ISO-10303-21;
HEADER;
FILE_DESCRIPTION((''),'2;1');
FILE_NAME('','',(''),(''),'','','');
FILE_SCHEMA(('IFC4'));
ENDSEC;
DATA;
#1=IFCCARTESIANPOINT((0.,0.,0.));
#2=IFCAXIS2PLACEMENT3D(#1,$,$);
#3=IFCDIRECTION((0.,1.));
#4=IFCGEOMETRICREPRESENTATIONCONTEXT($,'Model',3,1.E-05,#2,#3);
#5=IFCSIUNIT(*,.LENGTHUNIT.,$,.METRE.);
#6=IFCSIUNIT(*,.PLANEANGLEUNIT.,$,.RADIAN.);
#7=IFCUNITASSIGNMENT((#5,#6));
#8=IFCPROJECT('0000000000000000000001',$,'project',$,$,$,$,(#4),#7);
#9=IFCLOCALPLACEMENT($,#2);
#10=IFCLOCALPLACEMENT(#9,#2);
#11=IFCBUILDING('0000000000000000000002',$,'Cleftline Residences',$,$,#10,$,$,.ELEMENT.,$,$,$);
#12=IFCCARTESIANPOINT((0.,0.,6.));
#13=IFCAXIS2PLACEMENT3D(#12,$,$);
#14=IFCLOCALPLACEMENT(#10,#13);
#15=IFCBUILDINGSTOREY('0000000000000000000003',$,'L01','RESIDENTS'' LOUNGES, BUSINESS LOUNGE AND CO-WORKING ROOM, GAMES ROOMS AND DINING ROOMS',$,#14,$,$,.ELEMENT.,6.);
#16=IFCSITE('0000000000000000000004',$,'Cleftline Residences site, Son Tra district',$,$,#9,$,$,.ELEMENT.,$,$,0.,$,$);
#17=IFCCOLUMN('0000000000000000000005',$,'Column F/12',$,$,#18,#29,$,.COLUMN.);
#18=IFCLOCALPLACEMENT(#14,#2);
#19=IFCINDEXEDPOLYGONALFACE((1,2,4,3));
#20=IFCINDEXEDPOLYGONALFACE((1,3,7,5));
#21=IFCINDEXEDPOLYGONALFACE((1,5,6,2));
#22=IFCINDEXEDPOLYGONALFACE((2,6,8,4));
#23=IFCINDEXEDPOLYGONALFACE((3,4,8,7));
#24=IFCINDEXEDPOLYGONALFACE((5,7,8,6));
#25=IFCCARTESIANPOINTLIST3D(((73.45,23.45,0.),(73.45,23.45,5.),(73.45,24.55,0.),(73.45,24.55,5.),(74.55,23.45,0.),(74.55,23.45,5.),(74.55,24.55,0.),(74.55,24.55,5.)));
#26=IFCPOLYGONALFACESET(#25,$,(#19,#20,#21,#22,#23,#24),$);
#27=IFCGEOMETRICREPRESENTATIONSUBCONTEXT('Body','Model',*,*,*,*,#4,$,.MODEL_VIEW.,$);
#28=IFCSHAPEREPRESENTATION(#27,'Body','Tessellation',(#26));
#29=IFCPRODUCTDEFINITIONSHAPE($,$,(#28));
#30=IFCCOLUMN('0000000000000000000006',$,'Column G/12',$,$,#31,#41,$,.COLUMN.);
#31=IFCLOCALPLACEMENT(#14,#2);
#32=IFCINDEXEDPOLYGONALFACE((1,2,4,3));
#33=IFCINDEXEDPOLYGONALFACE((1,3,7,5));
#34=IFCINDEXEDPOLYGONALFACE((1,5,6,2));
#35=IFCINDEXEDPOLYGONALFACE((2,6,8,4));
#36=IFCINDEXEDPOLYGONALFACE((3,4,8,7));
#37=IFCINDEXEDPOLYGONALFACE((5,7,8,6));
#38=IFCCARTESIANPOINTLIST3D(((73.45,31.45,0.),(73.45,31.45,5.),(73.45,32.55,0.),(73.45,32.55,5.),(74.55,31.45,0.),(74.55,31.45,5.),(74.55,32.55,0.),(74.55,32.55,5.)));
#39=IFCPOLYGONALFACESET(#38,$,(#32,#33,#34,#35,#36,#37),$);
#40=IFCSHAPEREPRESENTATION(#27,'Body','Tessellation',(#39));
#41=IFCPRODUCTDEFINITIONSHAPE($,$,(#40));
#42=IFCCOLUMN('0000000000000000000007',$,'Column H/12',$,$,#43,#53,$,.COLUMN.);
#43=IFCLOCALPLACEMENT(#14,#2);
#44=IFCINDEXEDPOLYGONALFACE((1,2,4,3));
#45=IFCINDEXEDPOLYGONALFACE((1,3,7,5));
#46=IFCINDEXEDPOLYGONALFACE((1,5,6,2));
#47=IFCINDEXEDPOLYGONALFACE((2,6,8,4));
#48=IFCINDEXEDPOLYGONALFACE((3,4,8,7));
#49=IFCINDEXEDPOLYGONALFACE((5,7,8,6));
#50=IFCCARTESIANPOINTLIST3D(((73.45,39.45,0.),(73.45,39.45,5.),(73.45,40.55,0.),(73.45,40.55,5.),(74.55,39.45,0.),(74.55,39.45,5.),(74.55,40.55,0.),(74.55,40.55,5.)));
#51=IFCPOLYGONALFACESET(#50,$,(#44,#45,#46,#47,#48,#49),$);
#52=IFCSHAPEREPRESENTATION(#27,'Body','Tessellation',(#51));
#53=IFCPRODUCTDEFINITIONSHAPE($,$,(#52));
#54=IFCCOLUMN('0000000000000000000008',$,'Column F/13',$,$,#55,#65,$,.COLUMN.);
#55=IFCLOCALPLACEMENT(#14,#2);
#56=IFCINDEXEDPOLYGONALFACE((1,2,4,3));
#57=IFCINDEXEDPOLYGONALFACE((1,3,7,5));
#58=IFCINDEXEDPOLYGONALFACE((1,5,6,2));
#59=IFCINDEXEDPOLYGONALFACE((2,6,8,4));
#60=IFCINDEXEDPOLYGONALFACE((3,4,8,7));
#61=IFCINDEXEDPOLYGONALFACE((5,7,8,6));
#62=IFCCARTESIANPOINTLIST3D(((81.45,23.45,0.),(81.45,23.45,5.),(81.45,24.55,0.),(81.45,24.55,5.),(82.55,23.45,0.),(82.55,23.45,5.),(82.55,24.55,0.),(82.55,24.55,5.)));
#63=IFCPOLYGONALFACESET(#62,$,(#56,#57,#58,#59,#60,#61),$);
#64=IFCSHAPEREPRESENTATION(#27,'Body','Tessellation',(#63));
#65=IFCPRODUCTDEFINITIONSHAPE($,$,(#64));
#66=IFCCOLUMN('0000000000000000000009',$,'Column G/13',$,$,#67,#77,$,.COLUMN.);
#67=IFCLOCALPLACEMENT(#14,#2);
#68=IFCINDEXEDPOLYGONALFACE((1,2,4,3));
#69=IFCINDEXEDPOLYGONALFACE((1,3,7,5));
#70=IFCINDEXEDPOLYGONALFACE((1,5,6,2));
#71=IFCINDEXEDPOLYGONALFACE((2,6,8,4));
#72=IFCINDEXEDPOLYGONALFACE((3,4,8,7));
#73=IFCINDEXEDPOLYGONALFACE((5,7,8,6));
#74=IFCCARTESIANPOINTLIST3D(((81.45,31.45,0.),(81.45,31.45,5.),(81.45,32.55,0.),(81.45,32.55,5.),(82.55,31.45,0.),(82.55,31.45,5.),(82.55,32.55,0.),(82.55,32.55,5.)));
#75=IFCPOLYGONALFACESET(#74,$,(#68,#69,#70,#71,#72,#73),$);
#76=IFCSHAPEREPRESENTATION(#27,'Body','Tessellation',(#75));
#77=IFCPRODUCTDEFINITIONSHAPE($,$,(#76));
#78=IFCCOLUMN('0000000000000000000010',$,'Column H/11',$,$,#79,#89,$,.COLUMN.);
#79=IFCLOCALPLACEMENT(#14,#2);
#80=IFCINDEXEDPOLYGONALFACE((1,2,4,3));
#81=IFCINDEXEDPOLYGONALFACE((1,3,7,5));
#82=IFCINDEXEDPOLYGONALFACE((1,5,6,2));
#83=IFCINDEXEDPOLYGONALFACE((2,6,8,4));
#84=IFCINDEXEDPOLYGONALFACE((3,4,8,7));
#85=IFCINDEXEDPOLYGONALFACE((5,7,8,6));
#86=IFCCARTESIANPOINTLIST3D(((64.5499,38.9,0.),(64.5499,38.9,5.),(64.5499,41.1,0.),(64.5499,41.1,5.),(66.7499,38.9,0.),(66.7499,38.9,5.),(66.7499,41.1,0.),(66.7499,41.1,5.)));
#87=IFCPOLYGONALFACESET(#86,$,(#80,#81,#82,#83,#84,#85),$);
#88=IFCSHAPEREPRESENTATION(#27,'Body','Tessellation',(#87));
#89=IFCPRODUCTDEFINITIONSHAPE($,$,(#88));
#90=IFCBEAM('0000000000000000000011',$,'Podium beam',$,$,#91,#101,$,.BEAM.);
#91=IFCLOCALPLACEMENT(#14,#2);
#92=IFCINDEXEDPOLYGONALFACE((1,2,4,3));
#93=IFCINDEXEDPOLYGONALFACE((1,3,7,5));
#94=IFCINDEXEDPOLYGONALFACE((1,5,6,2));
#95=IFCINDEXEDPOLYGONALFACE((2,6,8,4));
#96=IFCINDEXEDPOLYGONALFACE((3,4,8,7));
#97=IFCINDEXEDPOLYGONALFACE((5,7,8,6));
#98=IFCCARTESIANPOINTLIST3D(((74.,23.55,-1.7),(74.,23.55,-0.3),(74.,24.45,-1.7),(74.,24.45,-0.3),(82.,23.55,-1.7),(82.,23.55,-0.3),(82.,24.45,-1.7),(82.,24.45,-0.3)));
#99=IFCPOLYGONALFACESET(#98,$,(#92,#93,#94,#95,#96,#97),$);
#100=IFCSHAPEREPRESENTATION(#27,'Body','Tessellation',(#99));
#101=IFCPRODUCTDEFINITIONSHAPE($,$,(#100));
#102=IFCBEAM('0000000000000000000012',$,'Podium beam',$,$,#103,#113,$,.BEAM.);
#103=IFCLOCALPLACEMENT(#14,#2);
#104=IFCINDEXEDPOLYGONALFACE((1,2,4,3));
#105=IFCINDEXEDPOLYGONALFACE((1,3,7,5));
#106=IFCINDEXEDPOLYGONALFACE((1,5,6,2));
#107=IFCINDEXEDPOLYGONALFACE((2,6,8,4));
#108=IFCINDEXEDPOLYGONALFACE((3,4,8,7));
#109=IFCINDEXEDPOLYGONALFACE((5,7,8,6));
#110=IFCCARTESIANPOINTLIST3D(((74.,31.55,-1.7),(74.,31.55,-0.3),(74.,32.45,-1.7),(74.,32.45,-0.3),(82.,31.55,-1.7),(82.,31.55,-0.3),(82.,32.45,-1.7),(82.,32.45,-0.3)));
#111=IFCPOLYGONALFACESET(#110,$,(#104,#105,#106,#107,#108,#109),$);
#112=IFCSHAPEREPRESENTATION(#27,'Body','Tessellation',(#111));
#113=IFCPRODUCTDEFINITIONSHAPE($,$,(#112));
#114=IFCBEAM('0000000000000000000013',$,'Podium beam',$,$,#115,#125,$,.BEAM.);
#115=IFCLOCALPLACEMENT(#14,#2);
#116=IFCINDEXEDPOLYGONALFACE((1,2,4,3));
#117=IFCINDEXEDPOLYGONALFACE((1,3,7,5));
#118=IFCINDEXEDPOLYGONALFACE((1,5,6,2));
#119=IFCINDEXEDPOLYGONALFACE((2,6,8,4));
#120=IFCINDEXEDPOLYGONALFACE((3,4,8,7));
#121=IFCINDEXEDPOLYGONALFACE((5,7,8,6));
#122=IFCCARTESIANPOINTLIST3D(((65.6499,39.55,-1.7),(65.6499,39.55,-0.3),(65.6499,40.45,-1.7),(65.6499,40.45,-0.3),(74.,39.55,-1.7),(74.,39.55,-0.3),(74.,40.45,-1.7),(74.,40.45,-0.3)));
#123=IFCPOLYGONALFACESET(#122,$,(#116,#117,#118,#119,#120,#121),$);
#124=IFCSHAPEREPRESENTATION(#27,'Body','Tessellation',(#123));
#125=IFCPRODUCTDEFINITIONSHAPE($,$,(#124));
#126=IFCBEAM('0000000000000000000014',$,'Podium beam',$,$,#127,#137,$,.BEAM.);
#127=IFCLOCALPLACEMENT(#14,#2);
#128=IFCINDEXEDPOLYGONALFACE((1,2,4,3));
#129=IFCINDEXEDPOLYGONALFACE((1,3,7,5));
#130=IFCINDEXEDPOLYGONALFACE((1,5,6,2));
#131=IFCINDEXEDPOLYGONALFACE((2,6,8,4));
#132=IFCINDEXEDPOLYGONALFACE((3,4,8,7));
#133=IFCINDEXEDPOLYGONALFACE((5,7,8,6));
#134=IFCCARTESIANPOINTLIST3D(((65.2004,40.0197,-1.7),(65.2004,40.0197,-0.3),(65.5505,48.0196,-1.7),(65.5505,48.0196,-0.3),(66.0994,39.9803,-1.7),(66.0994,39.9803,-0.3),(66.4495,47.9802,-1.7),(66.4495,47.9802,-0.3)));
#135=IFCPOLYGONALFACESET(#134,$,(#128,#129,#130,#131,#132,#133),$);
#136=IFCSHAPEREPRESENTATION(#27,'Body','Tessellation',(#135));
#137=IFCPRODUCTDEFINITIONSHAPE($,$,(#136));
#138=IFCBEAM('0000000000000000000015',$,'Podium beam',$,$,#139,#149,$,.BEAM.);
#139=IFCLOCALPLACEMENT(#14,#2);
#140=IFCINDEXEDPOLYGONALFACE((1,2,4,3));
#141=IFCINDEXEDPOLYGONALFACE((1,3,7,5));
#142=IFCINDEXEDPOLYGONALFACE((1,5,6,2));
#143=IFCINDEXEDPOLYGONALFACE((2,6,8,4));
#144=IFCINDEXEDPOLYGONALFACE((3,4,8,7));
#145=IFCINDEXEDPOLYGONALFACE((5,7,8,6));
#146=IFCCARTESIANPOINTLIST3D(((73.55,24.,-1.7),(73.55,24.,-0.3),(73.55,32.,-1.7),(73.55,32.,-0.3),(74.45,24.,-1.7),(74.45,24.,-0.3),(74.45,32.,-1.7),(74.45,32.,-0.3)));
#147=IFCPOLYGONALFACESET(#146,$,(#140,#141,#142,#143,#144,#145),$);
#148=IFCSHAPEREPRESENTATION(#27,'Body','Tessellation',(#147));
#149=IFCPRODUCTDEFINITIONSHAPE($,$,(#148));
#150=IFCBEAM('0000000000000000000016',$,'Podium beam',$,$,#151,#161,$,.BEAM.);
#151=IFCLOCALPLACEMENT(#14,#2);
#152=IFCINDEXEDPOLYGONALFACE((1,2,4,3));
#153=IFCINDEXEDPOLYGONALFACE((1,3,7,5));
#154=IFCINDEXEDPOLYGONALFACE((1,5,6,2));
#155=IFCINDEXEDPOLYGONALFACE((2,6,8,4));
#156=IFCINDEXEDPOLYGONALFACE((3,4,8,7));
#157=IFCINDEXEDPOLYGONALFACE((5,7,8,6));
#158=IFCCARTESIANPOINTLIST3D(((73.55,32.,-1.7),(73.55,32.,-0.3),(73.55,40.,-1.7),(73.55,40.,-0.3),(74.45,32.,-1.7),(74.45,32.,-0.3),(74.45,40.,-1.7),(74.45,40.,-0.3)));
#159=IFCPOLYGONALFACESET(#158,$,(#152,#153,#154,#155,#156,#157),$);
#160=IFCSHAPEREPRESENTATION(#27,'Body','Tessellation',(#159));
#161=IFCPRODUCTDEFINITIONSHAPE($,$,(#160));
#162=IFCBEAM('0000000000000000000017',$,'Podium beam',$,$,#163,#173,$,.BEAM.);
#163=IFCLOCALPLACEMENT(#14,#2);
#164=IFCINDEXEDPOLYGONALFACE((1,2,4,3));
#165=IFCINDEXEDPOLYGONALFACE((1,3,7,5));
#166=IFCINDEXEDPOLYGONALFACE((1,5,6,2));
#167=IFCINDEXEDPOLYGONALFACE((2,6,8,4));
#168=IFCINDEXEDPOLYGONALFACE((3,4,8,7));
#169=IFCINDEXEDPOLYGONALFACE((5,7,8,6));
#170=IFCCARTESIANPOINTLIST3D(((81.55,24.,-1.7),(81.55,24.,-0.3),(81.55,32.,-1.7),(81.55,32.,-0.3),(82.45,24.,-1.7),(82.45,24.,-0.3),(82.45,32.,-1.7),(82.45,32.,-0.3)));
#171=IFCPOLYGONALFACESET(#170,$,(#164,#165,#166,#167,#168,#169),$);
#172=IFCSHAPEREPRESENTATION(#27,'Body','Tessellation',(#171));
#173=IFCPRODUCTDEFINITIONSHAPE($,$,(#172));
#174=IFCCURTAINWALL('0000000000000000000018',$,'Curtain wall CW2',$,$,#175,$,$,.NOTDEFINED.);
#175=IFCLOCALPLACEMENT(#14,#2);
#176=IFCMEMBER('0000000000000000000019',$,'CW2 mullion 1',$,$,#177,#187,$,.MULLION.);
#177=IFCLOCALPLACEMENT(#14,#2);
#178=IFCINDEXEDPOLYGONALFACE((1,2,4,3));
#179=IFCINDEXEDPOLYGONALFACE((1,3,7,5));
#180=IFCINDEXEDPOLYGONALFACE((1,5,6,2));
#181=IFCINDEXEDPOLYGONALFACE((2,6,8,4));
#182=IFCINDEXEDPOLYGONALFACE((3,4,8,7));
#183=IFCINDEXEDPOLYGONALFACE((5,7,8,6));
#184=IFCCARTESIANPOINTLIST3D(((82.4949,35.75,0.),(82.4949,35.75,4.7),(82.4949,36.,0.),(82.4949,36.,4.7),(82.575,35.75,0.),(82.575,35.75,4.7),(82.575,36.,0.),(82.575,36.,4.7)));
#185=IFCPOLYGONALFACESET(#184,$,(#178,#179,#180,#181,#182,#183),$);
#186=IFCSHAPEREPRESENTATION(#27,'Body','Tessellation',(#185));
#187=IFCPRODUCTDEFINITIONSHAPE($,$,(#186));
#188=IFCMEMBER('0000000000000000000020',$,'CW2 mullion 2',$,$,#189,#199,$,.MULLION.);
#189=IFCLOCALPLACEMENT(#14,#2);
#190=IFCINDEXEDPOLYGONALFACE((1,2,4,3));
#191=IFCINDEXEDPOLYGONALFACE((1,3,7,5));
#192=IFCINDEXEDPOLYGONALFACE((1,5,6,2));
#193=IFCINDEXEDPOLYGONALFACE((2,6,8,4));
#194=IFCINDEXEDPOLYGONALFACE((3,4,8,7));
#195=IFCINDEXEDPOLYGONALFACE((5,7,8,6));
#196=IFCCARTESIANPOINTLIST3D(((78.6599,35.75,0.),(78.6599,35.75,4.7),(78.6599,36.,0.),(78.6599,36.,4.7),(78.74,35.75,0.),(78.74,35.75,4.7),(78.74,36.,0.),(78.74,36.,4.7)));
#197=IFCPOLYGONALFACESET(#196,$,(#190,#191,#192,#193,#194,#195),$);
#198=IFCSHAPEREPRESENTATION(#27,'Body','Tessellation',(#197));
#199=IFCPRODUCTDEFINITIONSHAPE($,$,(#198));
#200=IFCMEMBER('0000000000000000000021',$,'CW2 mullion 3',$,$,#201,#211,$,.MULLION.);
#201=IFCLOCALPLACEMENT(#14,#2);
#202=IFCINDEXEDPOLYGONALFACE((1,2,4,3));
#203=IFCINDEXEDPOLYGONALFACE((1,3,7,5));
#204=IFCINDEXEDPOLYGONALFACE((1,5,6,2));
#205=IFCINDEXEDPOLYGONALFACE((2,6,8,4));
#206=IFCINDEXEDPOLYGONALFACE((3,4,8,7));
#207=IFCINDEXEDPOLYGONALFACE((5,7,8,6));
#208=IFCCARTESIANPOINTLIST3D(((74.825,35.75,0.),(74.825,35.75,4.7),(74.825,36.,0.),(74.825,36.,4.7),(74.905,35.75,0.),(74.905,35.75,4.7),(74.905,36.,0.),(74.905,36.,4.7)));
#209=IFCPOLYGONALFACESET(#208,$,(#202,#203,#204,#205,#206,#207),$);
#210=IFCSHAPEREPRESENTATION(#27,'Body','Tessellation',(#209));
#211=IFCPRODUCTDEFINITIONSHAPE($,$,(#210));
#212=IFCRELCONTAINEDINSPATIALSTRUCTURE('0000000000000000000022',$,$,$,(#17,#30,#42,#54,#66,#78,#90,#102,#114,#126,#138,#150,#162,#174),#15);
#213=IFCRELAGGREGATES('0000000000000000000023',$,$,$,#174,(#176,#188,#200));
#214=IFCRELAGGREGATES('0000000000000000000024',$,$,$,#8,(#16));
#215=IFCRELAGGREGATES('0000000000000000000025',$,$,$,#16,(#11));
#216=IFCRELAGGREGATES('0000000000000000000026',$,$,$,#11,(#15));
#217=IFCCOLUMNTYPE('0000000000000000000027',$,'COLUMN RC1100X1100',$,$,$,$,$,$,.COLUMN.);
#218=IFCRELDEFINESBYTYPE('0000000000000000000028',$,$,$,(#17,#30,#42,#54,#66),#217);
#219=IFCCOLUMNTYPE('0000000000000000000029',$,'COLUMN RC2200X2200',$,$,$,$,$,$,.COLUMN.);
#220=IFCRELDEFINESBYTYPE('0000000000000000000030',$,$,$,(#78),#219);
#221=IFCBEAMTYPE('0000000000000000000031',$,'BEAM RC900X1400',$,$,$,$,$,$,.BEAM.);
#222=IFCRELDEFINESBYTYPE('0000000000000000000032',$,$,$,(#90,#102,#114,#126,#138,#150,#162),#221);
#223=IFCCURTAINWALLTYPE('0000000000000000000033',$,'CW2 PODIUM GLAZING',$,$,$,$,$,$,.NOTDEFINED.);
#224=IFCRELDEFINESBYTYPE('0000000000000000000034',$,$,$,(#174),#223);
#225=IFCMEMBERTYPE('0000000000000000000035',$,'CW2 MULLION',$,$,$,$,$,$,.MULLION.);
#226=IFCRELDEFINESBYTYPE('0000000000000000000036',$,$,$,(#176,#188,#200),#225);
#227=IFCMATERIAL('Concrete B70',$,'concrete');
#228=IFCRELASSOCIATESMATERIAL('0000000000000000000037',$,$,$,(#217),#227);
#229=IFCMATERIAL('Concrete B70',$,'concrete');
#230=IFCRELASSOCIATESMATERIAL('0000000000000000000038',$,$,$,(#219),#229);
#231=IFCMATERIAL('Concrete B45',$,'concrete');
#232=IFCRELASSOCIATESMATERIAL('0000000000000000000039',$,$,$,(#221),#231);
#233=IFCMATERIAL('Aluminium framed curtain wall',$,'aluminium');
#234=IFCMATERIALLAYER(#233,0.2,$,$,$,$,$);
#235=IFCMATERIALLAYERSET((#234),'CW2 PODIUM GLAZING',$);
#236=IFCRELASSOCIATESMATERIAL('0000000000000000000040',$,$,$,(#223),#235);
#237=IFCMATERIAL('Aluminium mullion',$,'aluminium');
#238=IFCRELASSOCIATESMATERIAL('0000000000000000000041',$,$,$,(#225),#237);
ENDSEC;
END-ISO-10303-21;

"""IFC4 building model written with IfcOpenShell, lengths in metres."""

from ifc_helpers import new_model, si_unit, direction, frame, origin, origin_2d, place, context, subcontext, project, spatial, rectangle, extrude, material, layer, layer_set, material_profile, profile_set, type_object, element, aggregate, save


model = new_model("IFC4")

# Units and contexts
model_context = context("Model", 3, precision=1e-05, world=origin(), true_north=direction((0.0, 1.0)))
body_context = subcontext(model_context, "Body", "Model", "MODEL_VIEW")
ifc_project = project(units=[si_unit("LENGTHUNIT", "METRE"), si_unit("PLANEANGLEUNIT", "RADIAN")], contexts=[model_context])

# Site, building, storey
site_placement = place(None, origin())
site = spatial("IfcSite", under=ifc_project, at=site_placement, Name="Cleftline Residences site, Son Tra district", CompositionType="ELEMENT", RefElevation=0.0)
building_placement = place(site_placement, origin())
building = spatial("IfcBuilding", under=site, at=building_placement, Name="Cleftline Residences", CompositionType="ELEMENT")
storey_placement = place(building_placement, frame((0.0, 0.0, 6.0)))
storey = spatial("IfcBuildingStorey", under=building, at=storey_placement, Name="L01", Description="RESIDENTS' LOUNGES, BUSINESS LOUNGE AND CO-WORKING ROOM, GAMES ROOMS AND DINING ROOMS", CompositionType="ELEMENT", Elevation=6.0)

# Columns
ifc_material_1 = material(Name="Concrete B70", Category="concrete")
ifc_material_profile_1 = material_profile(ifc_material_1, rectangle(XDim=1.1001, YDim=1.1001, at=origin_2d()))
ifc_profile_set_1 = profile_set([ifc_material_profile_1], Name="Concrete B70")
column_type_1 = type_object("IfcColumnType", Name="COLUMN RC1100X1100", PredefinedType="COLUMN", material=ifc_profile_set_1)
for number, where, z_axis, x_axis, name in (
    (1, (74.0, 24.0, 0.0), (0.0, 0.0, 1.0), (1.0, 0.0, 0.0), "Column F/12"),
    (2, (74.0, 32.0, 0.0), (0.0, 0.0, 1.0), (1.0, 0.0, 0.0), "Column G/12"),
    (3, (74.0, 40.0, 0.0), (0.0, 0.0, 1.0), (1.0, 0.0, 0.0), "Column H/12"),
    (4, (82.0, 24.0, 0.0), (0.0, 0.0, 1.0), (1.0, 0.0, 0.0), "Column F/13"),
    (5, (82.0, 32.0, 0.0), (0.0, 0.0, 1.0), (1.0, 0.0, 0.0), "Column G/13"),
):
    element("IfcColumn", number, at=place(storey_placement, frame(where, z_axis=z_axis, x_axis=x_axis)), inside=storey, type_object=column_type_1, Name=name, PredefinedType="COLUMN", context=body_context, shape_type="SweptSolid", body=[
        extrude(rectangle(XDim=1.1001, YDim=1.1001, at=origin_2d()), origin(), (0.0, 0.0, 1.0), 5.0),
    ])
ifc_material_2 = material(Name="Concrete B70", Category="concrete")
ifc_material_profile_2 = material_profile(ifc_material_2, rectangle(XDim=2.2, YDim=2.2, at=origin_2d()))
ifc_profile_set_2 = profile_set([ifc_material_profile_2], Name="Concrete B70")
column_type_2 = type_object("IfcColumnType", Name="COLUMN RC2200X2200", PredefinedType="COLUMN", material=ifc_profile_set_2)
column_placement = place(storey_placement, frame((65.6499, 40.0, 0.0), z_axis=(0.0, 0.0, 1.0), x_axis=(1.0, 0.0, 0.0)))
element("IfcColumn", 6, at=column_placement, inside=storey, type_object=column_type_2, Name="Column H/11", PredefinedType="COLUMN", context=body_context, shape_type="SweptSolid", body=[
    extrude(rectangle(XDim=2.2, YDim=2.2, at=origin_2d()), origin(), (0.0, 0.0, 1.0), 5.0),
])

# Beams
ifc_material_3 = material(Name="Concrete B45", Category="concrete")
ifc_material_profile_3 = material_profile(ifc_material_3, rectangle(XDim=0.8999, YDim=1.3999, at=origin_2d()))
ifc_profile_set_3 = profile_set([ifc_material_profile_3], Name="Concrete B45")
beam_type = type_object("IfcBeamType", Name="BEAM RC900X1400", PredefinedType="BEAM", material=ifc_profile_set_3)
for number, where, z_axis, x_axis, name in (
    (7, (74.0, 24.0, -1.0), (1.0, 0.0, 0.0), (0.0, 1.0, 0.0), "Podium beam"),
    (8, (74.0, 32.0, -1.0), (1.0, 0.0, 0.0), (0.0, 1.0, 0.0), "Podium beam"),
):
    element("IfcBeam", number, at=place(storey_placement, frame(where, z_axis=z_axis, x_axis=x_axis)), inside=storey, type_object=beam_type, Name=name, PredefinedType="BEAM", context=body_context, shape_type="SweptSolid", body=[
        extrude(rectangle(XDim=0.8999, YDim=1.3999, at=origin_2d()), origin(), (0.0, 0.0, 1.0), 8.0),
    ])
beam_1_placement = place(storey_placement, frame((65.6499, 40.0, -1.0), z_axis=(1.0, 0.0, 0.0), x_axis=(0.0, 1.0, 0.0)))
element("IfcBeam", 9, at=beam_1_placement, inside=storey, type_object=beam_type, Name="Podium beam", PredefinedType="BEAM", context=body_context, shape_type="SweptSolid", body=[
    extrude(rectangle(XDim=0.8999, YDim=1.3999, at=origin_2d()), origin(), (0.0, 0.0, 1.0), 8.3501),
])
beam_2_placement = place(storey_placement, frame((65.6499, 40.0, -1.0), z_axis=(0.04372, 0.999044, 0.0), x_axis=(-0.999044, 0.04372, 0.0)))
element("IfcBeam", 10, at=beam_2_placement, inside=storey, type_object=beam_type, Name="Podium beam", PredefinedType="BEAM", context=body_context, shape_type="SweptSolid", body=[
    extrude(rectangle(XDim=0.8999, YDim=1.3999, at=origin_2d()), origin(), (0.0, 0.0, 1.0), 8.0076),
])
for number, where, z_axis, x_axis, name in (
    (11, (74.0, 24.0, -1.0), (0.0, 1.0, 0.0), (-1.0, 0.0, 0.0), "Podium beam"),
    (12, (74.0, 32.0, -1.0), (0.0, 1.0, 0.0), (-1.0, 0.0, 0.0), "Podium beam"),
    (13, (82.0, 24.0, -1.0), (0.0, 1.0, 0.0), (-1.0, 0.0, 0.0), "Podium beam"),
):
    element("IfcBeam", number, at=place(storey_placement, frame(where, z_axis=z_axis, x_axis=x_axis)), inside=storey, type_object=beam_type, Name=name, PredefinedType="BEAM", context=body_context, shape_type="SweptSolid", body=[
        extrude(rectangle(XDim=0.8999, YDim=1.3999, at=origin_2d()), origin(), (0.0, 0.0, 1.0), 8.0),
    ])

# Curtain wall, members
ifc_material_4 = material(Name="Aluminium framed curtain wall", Category="aluminium")
ifc_layer_1 = layer(ifc_material_4, 0.2)
ifc_layer_set_1 = layer_set([ifc_layer_1], Name="CW2 PODIUM GLAZING")
curtain_wall_type = type_object("IfcCurtainWallType", Name="CW2 PODIUM GLAZING", PredefinedType="NOTDEFINED", material=ifc_layer_set_1)
curtain_wall_placement = place(storey_placement, origin())
curtain_wall = element("IfcCurtainWall", 14, at=curtain_wall_placement, inside=storey, type_object=curtain_wall_type, Name="Curtain wall CW2", PredefinedType="NOTDEFINED")
ifc_material_5 = material(Name="Aluminium mullion", Category="aluminium")
ifc_material_profile_4 = material_profile(ifc_material_5, rectangle(XDim=0.25, YDim=0.0801, at=origin_2d()))
ifc_profile_set_4 = profile_set([ifc_material_profile_4], Name="Aluminium mullion")
member_type_1 = type_object("IfcMemberType", Name="CW2 MULLION", PredefinedType="MULLION", material=ifc_profile_set_4)
member_1_placement = place(storey_placement, frame((82.5349, 35.875, 0.0), z_axis=(0.0, 0.0, 1.0), x_axis=(0.0, -1.0, 0.0)))
member_1 = element("IfcMember", 15, at=member_1_placement, type_object=member_type_1, Name="CW2 mullion 1", PredefinedType="MULLION", context=body_context, shape_type="SweptSolid", body=[
    extrude(rectangle(XDim=0.25, YDim=0.0801, at=origin_2d()), origin(), (0.0, 0.0, 1.0), 4.7),
])
member_2_placement = place(storey_placement, frame((78.7, 35.875, 0.0), z_axis=(0.0, 0.0, 1.0), x_axis=(0.0, -1.0, 0.0)))
member_2 = element("IfcMember", 16, at=member_2_placement, type_object=member_type_1, Name="CW2 mullion 2", PredefinedType="MULLION", context=body_context, shape_type="SweptSolid", body=[
    extrude(rectangle(XDim=0.25, YDim=0.0801, at=origin_2d()), origin(), (0.0, 0.0, 1.0), 4.7),
])
member_3_placement = place(storey_placement, frame((74.865, 35.875, 0.0), z_axis=(0.0, 0.0, 1.0), x_axis=(0.0, -1.0, 0.0)))
member_3 = element("IfcMember", 17, at=member_3_placement, type_object=member_type_1, Name="CW2 mullion 3", PredefinedType="MULLION", context=body_context, shape_type="SweptSolid", body=[
    extrude(rectangle(XDim=0.25, YDim=0.0801, at=origin_2d()), origin(), (0.0, 0.0, 1.0), 4.7),
])
aggregate(curtain_wall, [member_1, member_2, member_3])

save(model, "model.ifc")
